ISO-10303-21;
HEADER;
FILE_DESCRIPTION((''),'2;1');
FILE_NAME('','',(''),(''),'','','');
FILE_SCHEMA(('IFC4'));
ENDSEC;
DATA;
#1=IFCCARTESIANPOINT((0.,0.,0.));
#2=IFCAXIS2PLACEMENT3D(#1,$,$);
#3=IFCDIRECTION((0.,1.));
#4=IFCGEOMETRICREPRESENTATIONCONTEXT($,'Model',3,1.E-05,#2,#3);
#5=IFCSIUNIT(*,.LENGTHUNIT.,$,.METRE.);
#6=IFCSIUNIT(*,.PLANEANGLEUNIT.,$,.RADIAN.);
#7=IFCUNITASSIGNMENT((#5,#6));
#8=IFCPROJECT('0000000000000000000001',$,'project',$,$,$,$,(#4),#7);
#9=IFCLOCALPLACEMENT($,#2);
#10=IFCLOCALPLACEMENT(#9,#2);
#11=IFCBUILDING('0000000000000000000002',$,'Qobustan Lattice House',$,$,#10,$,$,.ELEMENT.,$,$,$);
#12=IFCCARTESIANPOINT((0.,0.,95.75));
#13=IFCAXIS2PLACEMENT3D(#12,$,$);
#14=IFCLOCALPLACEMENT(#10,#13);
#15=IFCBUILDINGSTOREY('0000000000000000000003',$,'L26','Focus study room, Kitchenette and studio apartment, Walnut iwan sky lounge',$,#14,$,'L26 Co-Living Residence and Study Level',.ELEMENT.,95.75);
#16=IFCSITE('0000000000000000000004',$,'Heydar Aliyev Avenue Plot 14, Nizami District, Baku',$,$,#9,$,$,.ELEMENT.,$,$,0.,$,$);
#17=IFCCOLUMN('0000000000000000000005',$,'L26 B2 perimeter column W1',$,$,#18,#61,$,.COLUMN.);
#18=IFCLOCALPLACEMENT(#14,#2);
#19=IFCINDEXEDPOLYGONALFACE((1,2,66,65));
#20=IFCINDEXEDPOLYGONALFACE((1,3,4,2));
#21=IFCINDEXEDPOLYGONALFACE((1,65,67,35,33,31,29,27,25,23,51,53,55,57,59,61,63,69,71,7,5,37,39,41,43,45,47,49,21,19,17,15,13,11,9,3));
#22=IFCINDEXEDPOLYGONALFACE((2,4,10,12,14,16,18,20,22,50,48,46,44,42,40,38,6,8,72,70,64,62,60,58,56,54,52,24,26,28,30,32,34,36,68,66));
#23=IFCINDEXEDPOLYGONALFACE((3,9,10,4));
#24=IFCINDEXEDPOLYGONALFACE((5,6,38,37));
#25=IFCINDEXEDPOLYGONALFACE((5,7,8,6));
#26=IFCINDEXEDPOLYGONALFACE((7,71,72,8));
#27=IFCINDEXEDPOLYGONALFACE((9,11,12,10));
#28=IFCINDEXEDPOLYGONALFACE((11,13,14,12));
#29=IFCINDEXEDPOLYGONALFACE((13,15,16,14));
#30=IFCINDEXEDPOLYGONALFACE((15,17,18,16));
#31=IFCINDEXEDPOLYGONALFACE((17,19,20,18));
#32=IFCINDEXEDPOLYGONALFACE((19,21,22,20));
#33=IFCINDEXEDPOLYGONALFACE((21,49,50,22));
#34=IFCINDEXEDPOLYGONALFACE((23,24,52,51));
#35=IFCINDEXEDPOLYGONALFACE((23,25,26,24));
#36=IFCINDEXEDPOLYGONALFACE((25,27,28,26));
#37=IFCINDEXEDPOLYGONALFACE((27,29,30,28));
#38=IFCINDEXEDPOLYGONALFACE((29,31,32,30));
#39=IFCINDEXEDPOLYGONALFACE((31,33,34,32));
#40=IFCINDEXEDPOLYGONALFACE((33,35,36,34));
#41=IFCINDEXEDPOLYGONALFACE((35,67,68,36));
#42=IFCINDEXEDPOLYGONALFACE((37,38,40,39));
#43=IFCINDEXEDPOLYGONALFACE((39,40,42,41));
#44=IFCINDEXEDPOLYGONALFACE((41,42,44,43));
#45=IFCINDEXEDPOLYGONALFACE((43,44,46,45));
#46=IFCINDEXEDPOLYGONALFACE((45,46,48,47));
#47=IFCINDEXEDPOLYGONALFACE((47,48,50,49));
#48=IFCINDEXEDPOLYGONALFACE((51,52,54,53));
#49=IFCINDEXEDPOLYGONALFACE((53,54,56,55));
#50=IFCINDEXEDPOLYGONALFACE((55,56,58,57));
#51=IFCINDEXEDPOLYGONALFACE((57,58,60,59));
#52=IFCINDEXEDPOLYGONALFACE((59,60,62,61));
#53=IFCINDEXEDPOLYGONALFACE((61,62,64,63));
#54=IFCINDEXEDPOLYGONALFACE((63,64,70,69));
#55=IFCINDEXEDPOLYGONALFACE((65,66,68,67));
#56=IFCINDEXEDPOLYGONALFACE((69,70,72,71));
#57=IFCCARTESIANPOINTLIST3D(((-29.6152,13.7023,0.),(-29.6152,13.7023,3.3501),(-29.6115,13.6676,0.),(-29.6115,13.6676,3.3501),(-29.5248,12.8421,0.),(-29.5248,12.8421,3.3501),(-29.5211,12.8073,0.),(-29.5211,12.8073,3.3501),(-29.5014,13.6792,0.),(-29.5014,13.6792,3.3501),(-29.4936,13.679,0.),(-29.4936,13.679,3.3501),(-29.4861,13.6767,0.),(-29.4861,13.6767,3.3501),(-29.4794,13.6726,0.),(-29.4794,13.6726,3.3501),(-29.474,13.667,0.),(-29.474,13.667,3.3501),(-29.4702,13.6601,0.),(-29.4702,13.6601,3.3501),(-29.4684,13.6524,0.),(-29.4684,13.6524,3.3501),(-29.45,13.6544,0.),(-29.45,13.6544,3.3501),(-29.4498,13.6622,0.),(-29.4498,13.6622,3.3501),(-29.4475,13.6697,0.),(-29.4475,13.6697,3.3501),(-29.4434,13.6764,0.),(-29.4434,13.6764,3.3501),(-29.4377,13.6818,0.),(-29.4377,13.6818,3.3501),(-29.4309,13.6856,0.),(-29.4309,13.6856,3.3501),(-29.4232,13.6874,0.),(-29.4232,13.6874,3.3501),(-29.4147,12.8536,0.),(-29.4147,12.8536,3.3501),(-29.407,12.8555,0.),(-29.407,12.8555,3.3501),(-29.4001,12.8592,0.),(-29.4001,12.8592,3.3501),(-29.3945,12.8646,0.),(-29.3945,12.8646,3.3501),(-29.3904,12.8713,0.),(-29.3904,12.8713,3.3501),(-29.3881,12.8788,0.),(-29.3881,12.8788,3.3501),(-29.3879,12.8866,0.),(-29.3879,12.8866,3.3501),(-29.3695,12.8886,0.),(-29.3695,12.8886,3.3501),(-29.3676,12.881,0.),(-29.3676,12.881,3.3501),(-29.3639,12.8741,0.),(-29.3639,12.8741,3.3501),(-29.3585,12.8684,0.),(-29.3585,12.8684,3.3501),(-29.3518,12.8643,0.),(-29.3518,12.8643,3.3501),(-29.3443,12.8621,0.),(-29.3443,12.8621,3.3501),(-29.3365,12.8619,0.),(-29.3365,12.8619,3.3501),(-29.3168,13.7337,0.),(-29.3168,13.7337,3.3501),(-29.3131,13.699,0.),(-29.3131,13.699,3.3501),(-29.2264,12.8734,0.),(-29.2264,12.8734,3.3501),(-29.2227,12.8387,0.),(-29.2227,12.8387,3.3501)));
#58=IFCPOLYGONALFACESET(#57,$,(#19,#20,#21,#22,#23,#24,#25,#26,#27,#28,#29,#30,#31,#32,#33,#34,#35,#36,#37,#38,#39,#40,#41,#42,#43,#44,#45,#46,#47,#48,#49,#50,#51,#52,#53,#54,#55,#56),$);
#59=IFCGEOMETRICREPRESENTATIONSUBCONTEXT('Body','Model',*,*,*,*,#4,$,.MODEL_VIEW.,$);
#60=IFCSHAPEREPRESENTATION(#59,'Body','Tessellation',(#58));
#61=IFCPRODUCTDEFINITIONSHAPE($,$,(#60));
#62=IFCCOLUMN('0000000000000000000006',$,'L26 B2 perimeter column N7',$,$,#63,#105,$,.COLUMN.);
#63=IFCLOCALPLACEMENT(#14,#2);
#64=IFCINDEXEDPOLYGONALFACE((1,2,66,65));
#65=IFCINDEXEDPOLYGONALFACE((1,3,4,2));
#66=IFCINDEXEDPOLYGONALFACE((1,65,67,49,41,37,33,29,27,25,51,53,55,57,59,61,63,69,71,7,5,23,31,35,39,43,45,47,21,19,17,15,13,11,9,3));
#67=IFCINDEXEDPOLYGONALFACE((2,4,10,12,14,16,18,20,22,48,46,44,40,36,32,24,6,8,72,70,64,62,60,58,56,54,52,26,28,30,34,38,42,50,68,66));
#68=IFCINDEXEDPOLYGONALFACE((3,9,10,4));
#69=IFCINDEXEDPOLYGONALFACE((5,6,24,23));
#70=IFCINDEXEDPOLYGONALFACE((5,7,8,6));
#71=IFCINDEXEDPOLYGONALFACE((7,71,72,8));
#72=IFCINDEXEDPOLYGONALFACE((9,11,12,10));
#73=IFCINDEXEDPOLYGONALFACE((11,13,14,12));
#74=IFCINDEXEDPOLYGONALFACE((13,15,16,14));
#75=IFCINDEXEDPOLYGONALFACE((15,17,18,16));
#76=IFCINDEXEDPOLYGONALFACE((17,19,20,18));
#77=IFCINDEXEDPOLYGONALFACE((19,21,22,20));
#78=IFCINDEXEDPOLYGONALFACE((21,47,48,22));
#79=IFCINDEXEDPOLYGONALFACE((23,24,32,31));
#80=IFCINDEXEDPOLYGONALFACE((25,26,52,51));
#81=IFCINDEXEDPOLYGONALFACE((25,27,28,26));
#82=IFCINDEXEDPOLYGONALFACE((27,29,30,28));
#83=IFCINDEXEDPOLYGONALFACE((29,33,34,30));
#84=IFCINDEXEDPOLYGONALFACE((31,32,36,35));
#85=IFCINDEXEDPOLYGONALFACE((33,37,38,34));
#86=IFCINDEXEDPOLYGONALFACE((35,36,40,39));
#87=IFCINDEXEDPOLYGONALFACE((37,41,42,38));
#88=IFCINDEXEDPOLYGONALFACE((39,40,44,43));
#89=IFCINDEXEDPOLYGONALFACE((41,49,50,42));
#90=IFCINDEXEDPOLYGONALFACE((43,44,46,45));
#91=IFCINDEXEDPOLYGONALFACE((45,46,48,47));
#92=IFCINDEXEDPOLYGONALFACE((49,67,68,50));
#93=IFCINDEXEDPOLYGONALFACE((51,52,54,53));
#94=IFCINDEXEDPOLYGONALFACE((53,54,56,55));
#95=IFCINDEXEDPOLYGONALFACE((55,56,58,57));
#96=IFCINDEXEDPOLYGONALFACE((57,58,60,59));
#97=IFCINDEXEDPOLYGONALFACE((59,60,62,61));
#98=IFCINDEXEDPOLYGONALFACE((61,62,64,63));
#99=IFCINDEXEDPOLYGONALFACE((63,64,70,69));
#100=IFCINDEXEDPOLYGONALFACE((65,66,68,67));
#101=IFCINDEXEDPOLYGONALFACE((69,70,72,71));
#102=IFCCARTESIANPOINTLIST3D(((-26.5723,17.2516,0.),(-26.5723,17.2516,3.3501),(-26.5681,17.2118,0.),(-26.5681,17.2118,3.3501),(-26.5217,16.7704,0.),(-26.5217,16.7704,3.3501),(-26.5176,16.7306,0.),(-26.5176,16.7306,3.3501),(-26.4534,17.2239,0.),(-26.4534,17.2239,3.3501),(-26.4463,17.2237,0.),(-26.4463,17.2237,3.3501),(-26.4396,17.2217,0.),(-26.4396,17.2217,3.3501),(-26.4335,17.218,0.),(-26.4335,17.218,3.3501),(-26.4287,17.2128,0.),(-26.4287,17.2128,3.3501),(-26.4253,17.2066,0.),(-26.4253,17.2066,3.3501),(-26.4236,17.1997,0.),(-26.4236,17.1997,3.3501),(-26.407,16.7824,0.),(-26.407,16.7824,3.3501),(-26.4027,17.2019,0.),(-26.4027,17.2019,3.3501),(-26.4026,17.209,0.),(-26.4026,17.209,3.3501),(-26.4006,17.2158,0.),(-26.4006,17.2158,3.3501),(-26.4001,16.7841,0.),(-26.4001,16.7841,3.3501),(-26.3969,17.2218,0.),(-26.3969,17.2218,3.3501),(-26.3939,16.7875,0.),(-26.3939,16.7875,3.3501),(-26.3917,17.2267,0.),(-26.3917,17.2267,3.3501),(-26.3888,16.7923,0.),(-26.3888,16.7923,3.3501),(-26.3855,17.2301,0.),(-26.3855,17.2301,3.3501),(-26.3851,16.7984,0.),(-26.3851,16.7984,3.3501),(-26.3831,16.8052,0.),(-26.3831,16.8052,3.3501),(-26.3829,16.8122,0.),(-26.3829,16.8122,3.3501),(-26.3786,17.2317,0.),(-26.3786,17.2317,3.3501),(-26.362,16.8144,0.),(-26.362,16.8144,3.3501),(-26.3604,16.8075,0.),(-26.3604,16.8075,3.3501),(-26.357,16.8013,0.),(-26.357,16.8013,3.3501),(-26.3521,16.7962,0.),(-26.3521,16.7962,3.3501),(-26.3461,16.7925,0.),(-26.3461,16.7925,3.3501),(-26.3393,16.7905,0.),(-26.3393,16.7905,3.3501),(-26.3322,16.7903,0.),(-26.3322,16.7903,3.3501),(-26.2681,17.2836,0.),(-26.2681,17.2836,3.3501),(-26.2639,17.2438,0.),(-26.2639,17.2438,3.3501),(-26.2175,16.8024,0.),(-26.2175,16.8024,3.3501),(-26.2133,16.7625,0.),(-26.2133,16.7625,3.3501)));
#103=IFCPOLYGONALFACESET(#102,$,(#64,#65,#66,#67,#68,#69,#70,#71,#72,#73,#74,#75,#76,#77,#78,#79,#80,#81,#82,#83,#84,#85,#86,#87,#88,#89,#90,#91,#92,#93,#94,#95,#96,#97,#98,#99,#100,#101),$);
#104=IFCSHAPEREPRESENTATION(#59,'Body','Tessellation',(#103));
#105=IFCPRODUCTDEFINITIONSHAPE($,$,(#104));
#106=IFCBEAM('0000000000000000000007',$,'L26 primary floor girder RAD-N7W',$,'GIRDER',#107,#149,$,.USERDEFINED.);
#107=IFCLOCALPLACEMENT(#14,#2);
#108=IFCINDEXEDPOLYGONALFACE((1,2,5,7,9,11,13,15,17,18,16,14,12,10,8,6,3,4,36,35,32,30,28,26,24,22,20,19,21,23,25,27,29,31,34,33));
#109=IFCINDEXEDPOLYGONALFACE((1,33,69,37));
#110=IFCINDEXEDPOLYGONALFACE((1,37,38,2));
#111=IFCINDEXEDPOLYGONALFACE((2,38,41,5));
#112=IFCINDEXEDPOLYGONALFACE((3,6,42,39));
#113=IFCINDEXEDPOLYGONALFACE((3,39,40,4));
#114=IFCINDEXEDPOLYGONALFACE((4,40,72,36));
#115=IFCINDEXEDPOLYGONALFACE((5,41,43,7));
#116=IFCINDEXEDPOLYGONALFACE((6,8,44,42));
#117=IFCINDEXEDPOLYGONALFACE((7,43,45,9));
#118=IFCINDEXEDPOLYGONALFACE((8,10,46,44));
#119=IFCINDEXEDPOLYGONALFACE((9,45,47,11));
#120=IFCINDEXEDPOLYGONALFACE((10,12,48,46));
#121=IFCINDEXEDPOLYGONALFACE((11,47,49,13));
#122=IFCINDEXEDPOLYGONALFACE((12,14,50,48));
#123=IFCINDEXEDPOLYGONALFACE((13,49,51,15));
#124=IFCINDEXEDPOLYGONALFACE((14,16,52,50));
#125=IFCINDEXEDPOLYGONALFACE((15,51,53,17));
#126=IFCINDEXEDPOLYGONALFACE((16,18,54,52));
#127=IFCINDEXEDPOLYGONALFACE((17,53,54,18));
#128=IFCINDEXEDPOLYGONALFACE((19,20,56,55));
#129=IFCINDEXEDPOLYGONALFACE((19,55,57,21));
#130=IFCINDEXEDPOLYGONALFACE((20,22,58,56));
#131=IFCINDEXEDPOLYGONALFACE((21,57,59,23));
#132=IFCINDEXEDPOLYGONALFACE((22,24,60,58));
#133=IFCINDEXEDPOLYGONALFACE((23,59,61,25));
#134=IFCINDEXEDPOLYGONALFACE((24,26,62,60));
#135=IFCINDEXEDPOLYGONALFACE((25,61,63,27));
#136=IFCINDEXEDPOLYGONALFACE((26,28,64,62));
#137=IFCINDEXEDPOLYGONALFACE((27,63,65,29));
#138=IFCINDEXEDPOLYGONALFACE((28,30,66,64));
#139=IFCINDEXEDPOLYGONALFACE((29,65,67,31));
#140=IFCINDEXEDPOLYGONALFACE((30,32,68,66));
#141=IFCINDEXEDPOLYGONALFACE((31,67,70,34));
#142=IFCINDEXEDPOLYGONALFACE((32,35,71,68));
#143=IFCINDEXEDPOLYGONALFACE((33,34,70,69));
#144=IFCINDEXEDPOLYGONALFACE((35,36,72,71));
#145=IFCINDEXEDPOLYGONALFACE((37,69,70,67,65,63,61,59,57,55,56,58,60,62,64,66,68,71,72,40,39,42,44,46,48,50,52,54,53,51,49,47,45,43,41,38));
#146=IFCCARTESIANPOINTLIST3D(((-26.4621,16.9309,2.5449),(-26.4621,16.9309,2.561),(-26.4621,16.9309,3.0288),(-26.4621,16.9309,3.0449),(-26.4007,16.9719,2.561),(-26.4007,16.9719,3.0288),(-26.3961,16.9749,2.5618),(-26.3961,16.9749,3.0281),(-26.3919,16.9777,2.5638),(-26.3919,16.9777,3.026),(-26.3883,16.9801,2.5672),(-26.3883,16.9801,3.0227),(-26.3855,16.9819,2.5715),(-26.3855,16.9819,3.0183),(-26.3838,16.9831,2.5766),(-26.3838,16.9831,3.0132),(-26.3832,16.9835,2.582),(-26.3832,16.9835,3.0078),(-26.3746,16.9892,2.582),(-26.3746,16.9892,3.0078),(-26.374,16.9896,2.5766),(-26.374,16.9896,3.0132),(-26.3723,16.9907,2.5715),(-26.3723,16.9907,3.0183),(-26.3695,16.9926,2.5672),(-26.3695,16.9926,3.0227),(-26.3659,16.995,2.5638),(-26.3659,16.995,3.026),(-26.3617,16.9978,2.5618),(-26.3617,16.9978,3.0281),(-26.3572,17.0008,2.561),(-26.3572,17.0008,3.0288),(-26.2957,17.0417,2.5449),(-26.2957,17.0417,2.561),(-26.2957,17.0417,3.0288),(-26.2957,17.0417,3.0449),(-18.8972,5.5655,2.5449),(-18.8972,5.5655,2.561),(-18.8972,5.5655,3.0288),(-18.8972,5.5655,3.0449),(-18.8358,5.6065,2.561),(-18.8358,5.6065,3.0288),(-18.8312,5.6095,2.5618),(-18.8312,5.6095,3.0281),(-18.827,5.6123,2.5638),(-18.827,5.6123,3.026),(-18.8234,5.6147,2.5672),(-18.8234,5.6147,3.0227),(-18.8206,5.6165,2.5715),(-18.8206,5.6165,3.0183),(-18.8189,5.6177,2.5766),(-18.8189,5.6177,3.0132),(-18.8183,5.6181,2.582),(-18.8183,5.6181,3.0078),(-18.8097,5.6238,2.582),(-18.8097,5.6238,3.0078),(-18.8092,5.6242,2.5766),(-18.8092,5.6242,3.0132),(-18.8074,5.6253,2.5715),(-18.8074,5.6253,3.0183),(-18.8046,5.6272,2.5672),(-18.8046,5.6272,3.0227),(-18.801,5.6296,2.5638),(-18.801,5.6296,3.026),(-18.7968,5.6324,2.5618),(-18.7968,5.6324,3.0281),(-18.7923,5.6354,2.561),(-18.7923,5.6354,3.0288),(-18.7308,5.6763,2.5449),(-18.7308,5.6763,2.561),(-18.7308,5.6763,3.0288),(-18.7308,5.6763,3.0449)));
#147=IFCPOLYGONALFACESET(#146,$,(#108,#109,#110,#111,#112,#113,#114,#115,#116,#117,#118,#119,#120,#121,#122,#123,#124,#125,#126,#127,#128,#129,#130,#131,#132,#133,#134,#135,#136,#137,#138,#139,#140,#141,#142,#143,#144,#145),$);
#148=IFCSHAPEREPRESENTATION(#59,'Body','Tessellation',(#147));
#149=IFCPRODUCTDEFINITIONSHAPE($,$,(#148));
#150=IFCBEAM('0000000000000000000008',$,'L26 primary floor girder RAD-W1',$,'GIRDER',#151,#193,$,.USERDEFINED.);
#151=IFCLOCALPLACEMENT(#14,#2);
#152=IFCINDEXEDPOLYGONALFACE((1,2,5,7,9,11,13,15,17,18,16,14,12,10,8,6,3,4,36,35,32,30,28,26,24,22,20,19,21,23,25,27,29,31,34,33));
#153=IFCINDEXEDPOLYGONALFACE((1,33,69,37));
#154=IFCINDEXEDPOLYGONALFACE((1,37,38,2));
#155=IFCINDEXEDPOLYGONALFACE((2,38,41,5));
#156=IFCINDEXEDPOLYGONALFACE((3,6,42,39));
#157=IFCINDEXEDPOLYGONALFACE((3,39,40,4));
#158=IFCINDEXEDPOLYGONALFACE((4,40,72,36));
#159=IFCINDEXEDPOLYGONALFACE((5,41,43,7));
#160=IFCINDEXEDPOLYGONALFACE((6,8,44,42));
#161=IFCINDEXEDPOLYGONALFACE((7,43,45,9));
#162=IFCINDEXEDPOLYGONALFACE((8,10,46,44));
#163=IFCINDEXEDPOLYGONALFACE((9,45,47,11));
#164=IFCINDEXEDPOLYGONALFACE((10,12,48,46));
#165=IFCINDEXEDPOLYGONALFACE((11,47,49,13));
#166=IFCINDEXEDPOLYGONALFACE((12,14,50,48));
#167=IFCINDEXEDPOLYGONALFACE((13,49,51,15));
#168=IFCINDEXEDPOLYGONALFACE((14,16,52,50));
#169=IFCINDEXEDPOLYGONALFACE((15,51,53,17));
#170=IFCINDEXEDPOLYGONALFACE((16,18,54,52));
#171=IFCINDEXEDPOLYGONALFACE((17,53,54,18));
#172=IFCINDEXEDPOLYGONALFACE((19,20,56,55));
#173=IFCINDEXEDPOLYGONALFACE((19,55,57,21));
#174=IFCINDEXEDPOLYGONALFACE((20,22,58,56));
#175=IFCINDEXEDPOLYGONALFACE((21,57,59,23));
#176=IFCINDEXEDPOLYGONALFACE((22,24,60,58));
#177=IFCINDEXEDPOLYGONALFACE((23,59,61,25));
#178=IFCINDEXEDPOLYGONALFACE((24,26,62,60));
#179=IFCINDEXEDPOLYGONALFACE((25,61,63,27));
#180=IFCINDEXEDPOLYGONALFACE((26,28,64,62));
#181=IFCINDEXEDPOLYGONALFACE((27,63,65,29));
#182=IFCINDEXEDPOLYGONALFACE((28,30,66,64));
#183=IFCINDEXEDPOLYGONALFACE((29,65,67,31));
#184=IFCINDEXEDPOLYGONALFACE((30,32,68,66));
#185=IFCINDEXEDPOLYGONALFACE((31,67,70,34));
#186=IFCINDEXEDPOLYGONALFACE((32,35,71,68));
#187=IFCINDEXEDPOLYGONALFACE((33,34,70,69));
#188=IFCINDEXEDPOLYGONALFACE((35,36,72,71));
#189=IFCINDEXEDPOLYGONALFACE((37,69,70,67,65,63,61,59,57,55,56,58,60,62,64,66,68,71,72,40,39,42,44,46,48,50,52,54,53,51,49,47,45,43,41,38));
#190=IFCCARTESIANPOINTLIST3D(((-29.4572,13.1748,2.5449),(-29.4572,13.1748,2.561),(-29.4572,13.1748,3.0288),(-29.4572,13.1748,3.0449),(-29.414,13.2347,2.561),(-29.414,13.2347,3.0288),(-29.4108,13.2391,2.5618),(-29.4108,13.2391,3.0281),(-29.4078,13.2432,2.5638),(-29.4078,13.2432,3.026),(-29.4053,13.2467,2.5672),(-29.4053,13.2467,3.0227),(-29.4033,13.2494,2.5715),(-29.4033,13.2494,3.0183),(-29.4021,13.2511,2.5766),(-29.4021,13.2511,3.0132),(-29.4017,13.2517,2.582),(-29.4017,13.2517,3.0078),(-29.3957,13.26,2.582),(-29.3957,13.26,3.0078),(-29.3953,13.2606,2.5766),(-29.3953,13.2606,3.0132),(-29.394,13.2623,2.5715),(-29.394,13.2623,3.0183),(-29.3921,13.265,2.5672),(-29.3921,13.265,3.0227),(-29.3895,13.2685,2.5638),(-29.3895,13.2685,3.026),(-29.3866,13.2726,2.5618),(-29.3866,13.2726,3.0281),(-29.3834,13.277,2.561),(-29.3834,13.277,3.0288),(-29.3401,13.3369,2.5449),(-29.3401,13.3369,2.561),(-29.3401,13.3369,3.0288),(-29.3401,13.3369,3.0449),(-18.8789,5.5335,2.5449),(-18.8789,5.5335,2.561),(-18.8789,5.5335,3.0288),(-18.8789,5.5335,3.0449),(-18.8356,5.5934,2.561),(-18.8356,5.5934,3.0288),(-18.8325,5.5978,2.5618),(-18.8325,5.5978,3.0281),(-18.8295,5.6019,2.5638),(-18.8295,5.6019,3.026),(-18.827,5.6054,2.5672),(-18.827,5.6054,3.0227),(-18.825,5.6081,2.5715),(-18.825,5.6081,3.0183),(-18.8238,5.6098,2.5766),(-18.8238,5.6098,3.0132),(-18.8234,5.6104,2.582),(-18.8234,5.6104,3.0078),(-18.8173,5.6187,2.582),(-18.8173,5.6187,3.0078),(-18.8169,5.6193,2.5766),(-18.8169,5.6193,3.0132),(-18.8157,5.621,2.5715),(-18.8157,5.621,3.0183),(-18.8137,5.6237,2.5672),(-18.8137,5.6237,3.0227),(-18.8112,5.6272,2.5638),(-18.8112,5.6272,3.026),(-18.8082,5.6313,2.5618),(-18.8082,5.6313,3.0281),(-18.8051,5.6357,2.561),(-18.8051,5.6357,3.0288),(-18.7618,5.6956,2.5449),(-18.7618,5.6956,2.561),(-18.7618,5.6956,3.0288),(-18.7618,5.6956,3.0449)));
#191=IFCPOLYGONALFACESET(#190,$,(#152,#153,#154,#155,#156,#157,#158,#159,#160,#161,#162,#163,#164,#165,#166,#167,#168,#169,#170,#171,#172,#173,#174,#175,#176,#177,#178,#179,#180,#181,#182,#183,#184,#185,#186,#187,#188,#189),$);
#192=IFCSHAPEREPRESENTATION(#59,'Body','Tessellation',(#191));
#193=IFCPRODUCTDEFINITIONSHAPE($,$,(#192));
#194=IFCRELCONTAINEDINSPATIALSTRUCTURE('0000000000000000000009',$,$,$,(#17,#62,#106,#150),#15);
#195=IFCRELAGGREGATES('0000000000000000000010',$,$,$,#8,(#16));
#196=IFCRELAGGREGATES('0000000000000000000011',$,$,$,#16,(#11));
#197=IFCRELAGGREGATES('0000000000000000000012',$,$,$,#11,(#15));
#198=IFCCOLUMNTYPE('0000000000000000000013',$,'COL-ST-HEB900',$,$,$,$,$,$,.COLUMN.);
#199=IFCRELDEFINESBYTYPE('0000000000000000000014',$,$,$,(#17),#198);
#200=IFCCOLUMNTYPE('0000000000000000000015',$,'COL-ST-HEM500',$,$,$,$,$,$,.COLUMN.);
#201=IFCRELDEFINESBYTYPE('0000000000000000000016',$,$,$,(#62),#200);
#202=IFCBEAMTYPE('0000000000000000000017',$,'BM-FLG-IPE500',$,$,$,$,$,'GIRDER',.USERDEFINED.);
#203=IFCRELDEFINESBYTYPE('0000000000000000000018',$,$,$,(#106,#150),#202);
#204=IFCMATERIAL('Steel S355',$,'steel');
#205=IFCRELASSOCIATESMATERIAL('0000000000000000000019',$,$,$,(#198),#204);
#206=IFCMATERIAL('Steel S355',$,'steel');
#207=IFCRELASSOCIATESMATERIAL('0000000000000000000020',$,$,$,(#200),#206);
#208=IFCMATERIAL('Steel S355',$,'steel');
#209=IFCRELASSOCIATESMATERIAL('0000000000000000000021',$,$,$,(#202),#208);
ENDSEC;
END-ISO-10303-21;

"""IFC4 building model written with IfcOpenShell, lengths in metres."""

from ifc_helpers import new_model, si_unit, direction, frame, origin, origin_2d, place, context, subcontext, project, spatial, i_section, extrude, material, material_profile, profile_set, type_object, element, save


model = new_model("IFC4")

# Units and contexts
model_context = context("Model", 3, precision=1e-05, world=origin(), true_north=direction((0.0, 1.0)))
body_context = subcontext(model_context, "Body", "Model", "MODEL_VIEW")
ifc_project = project(units=[si_unit("LENGTHUNIT", "METRE"), si_unit("PLANEANGLEUNIT", "RADIAN")], contexts=[model_context])

# Site, building, storey
site_placement = place(None, origin())
site = spatial("IfcSite", under=ifc_project, at=site_placement, Name="Heydar Aliyev Avenue Plot 14, Nizami District, Baku", CompositionType="ELEMENT", RefElevation=0.0)
building_placement = place(site_placement, origin())
building = spatial("IfcBuilding", under=site, at=building_placement, Name="Qobustan Lattice House", CompositionType="ELEMENT")
storey_placement = place(building_placement, frame((0.0, 0.0, 95.75)))
storey = spatial("IfcBuildingStorey", under=building, at=storey_placement, Name="L26", Description="Focus study room, Kitchenette and studio apartment, Walnut iwan sky lounge", LongName="L26 Co-Living Residence and Study Level", CompositionType="ELEMENT", Elevation=95.75)

# Columns
ifc_material_1 = material(Name="Steel S355", Category="steel")
ifc_material_profile_1 = material_profile(ifc_material_1, i_section(OverallWidth=0.3, OverallDepth=0.8999, WebThickness=0.0186, FlangeThickness=0.0349, FilletRadius=0.03, at=origin_2d()), Name="HEB900")
ifc_profile_set_1 = profile_set([ifc_material_profile_1], Name="Steel S355")
column_type_1 = type_object("IfcColumnType", Name="COL-ST-HEB900", PredefinedType="COLUMN", material=ifc_profile_set_1)
column_1_placement = place(storey_placement, frame((-29.4189, 13.2705, 0.0), z_axis=(0.0, 0.0, 1.0), x_axis=(0.994522, 0.104528, 0.0)))
element("IfcColumn", 1, at=column_1_placement, inside=storey, type_object=column_type_1, Name="L26 B2 perimeter column W1", PredefinedType="COLUMN", context=body_context, shape_type="SweptSolid", body=[
    extrude(i_section(OverallWidth=0.3, OverallDepth=0.8999, WebThickness=0.0186, FlangeThickness=0.0349, FilletRadius=0.03, at=origin_2d()), origin(), (0.0, 0.0, 1.0), 3.3501),
])
ifc_material_2 = material(Name="Steel S355", Category="steel")
ifc_material_profile_2 = material_profile(ifc_material_2, i_section(OverallWidth=0.3059, OverallDepth=0.5239, WebThickness=0.021, FlangeThickness=0.04, FilletRadius=0.0271, at=origin_2d()), Name="HEM500")
ifc_profile_set_2 = profile_set([ifc_material_profile_2], Name="Steel S355")
column_type_2 = type_object("IfcColumnType", Name="COL-ST-HEM500", PredefinedType="COLUMN", material=ifc_profile_set_2)
column_2_placement = place(storey_placement, frame((-26.3928, 17.0071, 0.0), z_axis=(0.0, 0.0, 1.0), x_axis=(0.994522, 0.104528, 0.0)))
element("IfcColumn", 2, at=column_2_placement, inside=storey, type_object=column_type_2, Name="L26 B2 perimeter column N7", PredefinedType="COLUMN", context=body_context, shape_type="SweptSolid", body=[
    extrude(i_section(OverallWidth=0.3059, OverallDepth=0.5239, WebThickness=0.021, FlangeThickness=0.04, FilletRadius=0.0271, at=origin_2d()), origin(), (0.0, 0.0, 1.0), 3.3501),
])

# Beams
ifc_material_3 = material(Name="Steel S355", Category="steel")
ifc_material_profile_3 = material_profile(ifc_material_3, i_section(OverallWidth=0.2, OverallDepth=0.5, WebThickness=0.0103, FlangeThickness=0.0161, FilletRadius=0.021, at=origin_2d()), Name="IPE500")
ifc_profile_set_3 = profile_set([ifc_material_profile_3], Name="Steel S355")
beam_type_1 = type_object("IfcBeamType", Name="BM-FLG-IPE500", ElementType="GIRDER", PredefinedType="USERDEFINED", material=ifc_profile_set_3)
beam_1_placement = place(storey_placement, frame((-26.3789, 16.9863, 2.7949), z_axis=(0.554089, -0.832457, 0.0), x_axis=(0.832457, 0.554089, 0.0)))
element("IfcBeam", 3, at=beam_1_placement, inside=storey, type_object=beam_type_1, Name="L26 primary floor girder RAD-N7W", ObjectType="GIRDER", PredefinedType="USERDEFINED", context=body_context, shape_type="SweptSolid", body=[
    extrude(i_section(OverallWidth=0.2, OverallDepth=0.5, WebThickness=0.0103, FlangeThickness=0.0161, FilletRadius=0.021, at=origin_2d()), origin(), (0.0, 0.0, 1.0), 13.6528),
])
beam_2_placement = place(storey_placement, frame((-29.3987, 13.2559, 2.7949), z_axis=(0.810627, -0.585562, 0.0), x_axis=(0.585562, 0.810627, 0.0)))
element("IfcBeam", 4, at=beam_2_placement, inside=storey, type_object=beam_type_1, Name="L26 primary floor girder RAD-W1", ObjectType="GIRDER", PredefinedType="USERDEFINED", context=body_context, shape_type="SweptSolid", body=[
    extrude(i_section(OverallWidth=0.2, OverallDepth=0.5, WebThickness=0.0103, FlangeThickness=0.0161, FilletRadius=0.021, at=origin_2d()), origin(), (0.0, 0.0, 1.0), 13.0496),
])

save(model, "model.ifc")
